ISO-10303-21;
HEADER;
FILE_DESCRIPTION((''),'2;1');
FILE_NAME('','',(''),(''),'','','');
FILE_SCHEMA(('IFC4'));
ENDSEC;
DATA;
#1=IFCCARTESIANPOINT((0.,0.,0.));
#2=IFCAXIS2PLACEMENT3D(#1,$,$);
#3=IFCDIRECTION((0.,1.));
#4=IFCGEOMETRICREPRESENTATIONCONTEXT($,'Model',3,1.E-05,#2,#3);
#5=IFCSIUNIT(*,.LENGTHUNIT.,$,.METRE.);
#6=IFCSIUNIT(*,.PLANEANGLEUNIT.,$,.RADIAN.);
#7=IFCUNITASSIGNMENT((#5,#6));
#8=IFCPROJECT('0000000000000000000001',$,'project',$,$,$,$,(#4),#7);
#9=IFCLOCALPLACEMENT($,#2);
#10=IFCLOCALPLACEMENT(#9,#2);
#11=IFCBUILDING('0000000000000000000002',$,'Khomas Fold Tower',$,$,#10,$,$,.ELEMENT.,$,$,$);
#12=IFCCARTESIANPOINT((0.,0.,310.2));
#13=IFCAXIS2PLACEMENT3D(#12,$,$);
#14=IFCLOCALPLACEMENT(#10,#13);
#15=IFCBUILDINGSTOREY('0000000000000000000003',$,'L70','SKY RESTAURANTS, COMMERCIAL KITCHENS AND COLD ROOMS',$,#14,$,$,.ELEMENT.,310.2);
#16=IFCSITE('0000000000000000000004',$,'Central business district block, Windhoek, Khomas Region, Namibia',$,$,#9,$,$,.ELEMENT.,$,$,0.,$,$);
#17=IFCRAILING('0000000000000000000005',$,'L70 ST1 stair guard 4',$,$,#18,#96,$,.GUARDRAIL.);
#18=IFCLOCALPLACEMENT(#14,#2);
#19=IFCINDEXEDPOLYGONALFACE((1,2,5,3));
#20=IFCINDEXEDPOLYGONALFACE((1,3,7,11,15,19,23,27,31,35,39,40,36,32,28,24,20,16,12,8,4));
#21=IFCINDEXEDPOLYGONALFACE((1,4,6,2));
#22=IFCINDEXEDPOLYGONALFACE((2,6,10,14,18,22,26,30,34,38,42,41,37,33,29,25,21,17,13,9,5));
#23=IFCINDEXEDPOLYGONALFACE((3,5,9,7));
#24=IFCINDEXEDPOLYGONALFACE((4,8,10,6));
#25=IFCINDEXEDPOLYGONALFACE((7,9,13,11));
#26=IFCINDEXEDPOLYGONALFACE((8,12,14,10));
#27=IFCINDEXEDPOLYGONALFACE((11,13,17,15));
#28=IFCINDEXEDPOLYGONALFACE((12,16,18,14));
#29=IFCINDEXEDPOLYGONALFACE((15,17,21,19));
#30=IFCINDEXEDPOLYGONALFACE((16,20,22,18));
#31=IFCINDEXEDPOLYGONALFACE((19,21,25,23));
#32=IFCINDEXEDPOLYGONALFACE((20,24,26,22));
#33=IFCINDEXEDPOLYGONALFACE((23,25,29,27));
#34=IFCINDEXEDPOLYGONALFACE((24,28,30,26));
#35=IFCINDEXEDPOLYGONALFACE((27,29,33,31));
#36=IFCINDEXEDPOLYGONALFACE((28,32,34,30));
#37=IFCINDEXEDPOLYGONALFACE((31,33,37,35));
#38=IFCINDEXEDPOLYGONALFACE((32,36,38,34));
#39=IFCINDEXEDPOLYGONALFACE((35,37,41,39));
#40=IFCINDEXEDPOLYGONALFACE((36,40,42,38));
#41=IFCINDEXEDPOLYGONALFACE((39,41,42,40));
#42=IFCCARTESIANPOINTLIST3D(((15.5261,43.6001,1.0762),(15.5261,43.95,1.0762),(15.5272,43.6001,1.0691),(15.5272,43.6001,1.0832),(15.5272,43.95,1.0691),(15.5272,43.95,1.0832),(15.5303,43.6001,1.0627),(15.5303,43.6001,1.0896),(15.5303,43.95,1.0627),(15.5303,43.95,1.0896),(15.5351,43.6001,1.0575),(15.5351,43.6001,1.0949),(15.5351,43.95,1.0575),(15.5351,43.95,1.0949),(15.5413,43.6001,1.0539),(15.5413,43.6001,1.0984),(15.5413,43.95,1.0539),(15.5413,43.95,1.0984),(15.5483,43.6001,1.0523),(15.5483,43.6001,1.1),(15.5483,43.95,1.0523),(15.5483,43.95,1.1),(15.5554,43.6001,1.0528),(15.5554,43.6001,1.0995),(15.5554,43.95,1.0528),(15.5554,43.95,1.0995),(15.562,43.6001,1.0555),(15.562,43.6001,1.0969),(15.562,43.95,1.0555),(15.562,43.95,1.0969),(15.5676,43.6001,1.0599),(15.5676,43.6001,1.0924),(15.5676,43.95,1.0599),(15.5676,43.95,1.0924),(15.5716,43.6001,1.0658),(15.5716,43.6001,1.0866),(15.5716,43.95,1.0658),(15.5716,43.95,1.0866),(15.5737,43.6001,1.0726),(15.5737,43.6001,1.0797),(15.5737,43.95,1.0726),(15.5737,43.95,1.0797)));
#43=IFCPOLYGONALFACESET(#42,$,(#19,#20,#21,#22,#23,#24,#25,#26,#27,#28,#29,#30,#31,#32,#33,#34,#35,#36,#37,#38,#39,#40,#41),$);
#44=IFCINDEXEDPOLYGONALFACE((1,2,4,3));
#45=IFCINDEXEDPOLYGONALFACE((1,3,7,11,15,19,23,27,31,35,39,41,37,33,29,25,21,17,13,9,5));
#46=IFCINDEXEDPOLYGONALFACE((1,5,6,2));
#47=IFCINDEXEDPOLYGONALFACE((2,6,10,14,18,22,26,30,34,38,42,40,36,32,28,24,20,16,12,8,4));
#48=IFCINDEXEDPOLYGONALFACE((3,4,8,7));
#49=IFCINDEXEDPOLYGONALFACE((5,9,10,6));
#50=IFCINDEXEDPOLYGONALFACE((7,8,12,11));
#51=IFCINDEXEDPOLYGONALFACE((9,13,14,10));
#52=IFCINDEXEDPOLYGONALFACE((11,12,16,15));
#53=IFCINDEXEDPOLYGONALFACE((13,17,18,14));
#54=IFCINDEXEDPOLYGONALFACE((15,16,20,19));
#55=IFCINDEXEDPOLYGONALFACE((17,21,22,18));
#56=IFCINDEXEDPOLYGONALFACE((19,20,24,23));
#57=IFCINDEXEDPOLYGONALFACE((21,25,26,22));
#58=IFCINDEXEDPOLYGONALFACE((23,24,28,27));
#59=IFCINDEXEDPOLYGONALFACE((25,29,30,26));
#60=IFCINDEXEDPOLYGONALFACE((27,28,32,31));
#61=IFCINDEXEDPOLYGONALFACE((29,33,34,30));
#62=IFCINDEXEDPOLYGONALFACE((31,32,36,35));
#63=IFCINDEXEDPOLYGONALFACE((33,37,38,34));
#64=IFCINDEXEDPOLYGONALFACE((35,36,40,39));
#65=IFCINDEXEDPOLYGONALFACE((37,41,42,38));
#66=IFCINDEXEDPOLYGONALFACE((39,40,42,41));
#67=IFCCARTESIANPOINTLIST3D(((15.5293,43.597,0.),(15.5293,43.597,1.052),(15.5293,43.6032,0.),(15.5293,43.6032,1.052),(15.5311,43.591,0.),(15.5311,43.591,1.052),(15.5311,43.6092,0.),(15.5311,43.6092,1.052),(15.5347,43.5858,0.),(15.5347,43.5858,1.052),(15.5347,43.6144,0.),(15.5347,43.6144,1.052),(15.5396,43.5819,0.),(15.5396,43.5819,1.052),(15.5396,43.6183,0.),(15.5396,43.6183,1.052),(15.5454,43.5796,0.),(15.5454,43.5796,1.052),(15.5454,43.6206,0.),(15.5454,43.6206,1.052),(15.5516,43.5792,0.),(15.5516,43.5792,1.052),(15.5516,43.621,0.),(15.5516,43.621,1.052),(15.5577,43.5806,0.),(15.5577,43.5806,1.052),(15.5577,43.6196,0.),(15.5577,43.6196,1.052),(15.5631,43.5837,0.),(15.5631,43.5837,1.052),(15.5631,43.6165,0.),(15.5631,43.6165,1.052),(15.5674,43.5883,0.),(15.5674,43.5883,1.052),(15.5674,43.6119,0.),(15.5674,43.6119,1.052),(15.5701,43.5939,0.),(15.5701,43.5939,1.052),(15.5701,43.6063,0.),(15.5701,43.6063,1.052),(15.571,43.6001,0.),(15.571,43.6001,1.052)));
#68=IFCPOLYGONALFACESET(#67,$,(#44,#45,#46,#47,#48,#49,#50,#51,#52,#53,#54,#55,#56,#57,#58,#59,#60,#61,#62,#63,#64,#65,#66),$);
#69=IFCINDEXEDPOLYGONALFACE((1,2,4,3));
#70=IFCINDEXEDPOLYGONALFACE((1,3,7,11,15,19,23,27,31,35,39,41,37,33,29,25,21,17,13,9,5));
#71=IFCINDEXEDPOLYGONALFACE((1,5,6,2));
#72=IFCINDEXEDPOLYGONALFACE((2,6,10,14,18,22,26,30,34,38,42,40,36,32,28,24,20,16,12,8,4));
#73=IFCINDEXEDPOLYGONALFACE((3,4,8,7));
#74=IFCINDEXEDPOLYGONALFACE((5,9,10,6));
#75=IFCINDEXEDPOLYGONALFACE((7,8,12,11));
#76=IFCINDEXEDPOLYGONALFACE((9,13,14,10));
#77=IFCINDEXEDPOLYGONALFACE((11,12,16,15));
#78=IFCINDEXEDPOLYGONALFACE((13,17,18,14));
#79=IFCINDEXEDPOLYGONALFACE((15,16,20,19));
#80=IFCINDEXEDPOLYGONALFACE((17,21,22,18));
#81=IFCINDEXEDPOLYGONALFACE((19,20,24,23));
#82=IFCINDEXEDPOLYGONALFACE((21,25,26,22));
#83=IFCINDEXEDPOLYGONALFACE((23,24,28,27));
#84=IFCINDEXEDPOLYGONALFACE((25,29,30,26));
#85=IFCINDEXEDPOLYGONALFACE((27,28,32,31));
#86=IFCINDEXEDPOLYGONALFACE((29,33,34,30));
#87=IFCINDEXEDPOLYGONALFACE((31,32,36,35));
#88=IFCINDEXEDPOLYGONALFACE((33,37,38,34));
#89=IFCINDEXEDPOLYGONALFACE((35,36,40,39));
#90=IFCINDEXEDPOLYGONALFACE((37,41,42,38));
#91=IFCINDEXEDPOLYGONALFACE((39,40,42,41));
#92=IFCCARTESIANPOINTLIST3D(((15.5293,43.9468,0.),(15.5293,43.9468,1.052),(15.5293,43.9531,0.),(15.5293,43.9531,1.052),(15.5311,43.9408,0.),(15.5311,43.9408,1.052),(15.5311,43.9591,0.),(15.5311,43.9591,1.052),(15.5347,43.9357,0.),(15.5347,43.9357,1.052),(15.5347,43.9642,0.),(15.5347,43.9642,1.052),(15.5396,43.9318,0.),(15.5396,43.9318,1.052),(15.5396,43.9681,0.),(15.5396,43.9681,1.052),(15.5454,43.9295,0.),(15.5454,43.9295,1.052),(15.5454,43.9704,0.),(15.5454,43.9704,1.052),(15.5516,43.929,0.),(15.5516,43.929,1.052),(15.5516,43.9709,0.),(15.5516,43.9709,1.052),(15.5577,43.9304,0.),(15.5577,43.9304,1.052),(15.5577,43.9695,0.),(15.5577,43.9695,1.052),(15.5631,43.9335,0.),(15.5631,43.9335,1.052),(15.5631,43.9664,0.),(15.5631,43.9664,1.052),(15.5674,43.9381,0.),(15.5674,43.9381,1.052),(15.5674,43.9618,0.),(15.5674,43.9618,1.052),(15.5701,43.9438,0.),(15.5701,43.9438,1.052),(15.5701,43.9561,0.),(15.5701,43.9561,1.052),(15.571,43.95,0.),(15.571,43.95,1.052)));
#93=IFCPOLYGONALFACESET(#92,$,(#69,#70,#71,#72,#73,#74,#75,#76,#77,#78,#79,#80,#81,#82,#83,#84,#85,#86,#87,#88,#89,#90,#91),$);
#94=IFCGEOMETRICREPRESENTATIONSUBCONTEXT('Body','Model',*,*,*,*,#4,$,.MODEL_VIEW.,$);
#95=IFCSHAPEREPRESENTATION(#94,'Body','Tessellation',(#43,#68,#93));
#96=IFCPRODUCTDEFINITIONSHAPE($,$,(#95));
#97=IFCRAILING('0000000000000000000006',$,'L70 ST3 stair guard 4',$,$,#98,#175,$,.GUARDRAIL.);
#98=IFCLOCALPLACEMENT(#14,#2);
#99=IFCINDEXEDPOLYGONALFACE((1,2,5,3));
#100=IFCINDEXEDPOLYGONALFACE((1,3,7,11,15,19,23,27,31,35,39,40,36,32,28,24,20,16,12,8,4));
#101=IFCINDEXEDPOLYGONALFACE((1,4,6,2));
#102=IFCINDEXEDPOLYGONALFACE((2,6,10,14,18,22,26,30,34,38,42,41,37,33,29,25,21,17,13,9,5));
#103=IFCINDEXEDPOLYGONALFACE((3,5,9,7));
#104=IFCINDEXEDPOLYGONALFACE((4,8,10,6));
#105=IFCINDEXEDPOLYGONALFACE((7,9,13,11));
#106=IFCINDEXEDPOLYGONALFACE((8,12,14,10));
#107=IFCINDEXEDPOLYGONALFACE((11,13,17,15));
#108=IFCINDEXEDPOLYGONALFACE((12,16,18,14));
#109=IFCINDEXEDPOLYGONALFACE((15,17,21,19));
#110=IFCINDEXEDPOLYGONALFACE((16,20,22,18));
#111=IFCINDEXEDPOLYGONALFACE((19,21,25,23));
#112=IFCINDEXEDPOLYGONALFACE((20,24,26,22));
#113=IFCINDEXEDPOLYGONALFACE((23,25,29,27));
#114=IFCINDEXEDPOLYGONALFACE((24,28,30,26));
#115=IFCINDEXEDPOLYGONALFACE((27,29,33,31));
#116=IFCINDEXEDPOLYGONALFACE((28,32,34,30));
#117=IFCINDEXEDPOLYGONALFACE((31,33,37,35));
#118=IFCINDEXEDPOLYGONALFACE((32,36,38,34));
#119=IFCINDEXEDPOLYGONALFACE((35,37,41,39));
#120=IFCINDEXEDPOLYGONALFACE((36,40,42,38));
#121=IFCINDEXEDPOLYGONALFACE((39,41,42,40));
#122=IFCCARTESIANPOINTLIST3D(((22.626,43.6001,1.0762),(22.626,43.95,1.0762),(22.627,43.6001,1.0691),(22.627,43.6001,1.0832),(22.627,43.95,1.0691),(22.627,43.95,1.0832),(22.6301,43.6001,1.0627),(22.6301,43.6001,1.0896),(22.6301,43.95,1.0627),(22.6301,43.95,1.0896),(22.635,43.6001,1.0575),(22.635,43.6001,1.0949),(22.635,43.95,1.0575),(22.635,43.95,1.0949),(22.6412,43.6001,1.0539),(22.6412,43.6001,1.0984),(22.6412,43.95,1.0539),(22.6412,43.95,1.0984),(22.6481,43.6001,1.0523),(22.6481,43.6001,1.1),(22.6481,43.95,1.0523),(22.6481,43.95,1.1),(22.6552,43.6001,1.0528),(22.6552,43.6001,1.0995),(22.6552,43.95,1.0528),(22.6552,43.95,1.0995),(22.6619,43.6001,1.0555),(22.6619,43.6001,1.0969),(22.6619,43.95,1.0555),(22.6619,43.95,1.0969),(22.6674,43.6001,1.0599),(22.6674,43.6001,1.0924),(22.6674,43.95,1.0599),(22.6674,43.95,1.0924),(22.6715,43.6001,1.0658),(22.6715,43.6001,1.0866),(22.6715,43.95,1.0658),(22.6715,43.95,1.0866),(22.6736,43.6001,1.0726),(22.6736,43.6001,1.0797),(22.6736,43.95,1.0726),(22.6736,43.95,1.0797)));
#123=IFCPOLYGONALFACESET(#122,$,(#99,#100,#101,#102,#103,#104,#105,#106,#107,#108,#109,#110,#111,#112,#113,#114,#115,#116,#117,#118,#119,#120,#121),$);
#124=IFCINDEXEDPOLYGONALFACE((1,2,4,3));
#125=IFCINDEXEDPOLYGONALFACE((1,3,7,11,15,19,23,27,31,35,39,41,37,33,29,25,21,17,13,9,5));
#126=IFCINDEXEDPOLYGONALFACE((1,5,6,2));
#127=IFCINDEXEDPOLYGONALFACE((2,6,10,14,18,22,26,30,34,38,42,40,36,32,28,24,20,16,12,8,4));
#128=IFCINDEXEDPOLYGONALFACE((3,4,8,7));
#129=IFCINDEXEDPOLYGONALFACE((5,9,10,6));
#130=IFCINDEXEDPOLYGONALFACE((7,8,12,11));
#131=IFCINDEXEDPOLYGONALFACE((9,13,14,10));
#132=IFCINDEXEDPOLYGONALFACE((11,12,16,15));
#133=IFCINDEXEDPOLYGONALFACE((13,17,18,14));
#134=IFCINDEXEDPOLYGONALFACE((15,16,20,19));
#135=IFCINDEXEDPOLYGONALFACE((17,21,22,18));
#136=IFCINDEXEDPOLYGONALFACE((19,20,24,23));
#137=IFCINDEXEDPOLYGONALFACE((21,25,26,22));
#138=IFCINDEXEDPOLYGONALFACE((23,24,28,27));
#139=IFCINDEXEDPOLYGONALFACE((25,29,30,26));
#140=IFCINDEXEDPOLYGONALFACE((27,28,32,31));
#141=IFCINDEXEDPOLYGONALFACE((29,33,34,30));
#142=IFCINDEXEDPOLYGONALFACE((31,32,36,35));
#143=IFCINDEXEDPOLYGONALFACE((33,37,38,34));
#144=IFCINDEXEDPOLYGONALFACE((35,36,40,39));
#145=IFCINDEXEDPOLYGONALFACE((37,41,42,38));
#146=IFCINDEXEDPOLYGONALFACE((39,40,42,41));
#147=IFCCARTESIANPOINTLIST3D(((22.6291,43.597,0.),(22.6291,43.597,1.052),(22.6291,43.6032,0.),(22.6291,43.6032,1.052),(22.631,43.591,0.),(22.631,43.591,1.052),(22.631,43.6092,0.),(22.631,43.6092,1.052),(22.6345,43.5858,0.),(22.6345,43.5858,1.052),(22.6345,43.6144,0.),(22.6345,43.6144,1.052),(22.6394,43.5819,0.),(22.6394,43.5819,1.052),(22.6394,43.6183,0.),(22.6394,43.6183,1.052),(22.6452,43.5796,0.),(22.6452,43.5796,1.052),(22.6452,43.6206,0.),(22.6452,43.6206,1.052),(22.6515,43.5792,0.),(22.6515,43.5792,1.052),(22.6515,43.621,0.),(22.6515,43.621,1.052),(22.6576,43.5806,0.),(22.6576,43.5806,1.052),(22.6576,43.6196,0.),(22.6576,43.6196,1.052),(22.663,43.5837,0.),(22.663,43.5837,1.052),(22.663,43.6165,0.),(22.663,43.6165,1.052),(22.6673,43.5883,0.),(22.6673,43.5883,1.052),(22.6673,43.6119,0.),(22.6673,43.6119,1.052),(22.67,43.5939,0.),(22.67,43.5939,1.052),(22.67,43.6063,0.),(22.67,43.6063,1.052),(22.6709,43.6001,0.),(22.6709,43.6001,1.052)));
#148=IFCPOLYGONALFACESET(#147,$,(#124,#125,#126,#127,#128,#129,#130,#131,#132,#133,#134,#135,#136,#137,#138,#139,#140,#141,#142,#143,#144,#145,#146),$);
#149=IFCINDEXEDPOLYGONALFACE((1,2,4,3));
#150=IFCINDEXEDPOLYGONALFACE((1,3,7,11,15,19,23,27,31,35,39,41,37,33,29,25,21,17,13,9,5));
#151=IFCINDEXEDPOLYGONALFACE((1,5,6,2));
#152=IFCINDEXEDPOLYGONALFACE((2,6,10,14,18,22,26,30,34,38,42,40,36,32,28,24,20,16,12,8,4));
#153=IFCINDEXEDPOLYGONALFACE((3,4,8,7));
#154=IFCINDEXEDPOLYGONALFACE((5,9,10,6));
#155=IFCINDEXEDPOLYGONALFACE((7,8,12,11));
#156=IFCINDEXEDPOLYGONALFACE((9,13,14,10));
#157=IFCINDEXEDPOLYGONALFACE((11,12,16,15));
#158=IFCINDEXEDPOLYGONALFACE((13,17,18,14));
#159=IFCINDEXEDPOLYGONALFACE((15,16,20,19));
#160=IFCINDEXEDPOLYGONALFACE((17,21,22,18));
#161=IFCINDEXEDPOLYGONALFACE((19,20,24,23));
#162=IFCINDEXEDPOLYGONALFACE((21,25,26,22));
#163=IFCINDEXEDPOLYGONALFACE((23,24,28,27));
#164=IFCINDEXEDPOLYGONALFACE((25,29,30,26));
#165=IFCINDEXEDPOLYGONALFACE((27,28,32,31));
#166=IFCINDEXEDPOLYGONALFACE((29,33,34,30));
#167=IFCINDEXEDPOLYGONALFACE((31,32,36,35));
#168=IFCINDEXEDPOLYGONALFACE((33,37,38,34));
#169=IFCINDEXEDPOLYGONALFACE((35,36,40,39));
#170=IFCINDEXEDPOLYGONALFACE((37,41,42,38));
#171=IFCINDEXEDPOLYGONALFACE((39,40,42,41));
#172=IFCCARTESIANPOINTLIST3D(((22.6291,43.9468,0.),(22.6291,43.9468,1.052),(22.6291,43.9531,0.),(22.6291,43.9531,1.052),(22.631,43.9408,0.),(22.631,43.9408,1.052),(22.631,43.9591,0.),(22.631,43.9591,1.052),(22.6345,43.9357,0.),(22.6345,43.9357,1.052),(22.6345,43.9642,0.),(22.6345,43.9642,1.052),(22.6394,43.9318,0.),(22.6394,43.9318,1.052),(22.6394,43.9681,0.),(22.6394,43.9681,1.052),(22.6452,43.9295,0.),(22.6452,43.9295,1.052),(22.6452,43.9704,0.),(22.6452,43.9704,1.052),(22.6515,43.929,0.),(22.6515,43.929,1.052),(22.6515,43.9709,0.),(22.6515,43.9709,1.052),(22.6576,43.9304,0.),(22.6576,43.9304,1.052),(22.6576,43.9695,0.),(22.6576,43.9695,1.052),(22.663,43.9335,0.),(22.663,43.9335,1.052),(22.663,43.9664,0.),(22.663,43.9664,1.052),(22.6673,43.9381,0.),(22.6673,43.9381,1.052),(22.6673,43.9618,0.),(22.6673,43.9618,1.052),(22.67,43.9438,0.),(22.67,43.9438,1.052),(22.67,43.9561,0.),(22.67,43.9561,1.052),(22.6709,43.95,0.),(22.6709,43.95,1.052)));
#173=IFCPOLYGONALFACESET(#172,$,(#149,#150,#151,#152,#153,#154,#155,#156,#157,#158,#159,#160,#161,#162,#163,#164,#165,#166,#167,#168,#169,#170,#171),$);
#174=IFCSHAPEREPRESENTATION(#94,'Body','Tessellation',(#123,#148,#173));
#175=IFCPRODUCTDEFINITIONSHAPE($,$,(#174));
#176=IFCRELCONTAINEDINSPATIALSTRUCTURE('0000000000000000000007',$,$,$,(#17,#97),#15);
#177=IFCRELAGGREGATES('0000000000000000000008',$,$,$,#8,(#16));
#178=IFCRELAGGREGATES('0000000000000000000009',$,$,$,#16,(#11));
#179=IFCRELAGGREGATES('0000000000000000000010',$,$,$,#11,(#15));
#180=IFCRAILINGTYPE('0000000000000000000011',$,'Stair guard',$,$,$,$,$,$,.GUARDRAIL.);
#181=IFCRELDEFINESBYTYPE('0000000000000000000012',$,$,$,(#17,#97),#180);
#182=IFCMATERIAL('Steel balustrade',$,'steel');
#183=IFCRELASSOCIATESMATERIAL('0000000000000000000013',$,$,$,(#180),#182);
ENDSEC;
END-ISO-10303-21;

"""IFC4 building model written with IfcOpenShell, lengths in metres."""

from ifc_helpers import new_model, si_unit, direction, frame, origin, origin_2d, place, context, subcontext, project, spatial, circle, extrude, source, transform, mapped, material, type_object, element, save


model = new_model("IFC4")

# Units and contexts
model_context = context("Model", 3, precision=1e-05, world=origin(), true_north=direction((0.0, 1.0)))
body_context = subcontext(model_context, "Body", "Model", "MODEL_VIEW")
ifc_project = project(units=[si_unit("LENGTHUNIT", "METRE"), si_unit("PLANEANGLEUNIT", "RADIAN")], contexts=[model_context])

# Site, building, storey
site_placement = place(None, origin())
site = spatial("IfcSite", under=ifc_project, at=site_placement, Name="Central business district block, Windhoek, Khomas Region, Namibia", CompositionType="ELEMENT", RefElevation=0.0)
building_placement = place(site_placement, origin())
building = spatial("IfcBuilding", under=site, at=building_placement, Name="Khomas Fold Tower", CompositionType="ELEMENT")
storey_placement = place(building_placement, frame((0.0, 0.0, 310.2)))
storey = spatial("IfcBuildingStorey", under=building, at=storey_placement, Name="L70", Description="SKY RESTAURANTS, COMMERCIAL KITCHENS AND COLD ROOMS", CompositionType="ELEMENT", Elevation=310.2)

# Railings
ifc_material_1 = material(Name="Steel balustrade", Category="steel")
railing_type_1 = type_object("IfcRailingType", Name="Stair guard", PredefinedType="GUARDRAIL", material=ifc_material_1)
shared_shape_1 = source(origin(), body_context, "Body", "SweptSolid", [
    extrude(circle(Radius=0.0239, at=origin_2d()), frame((0.0, 0.0, 1.0762), z_axis=(0.0, 1.0, 0.0), x_axis=(-1.0, 0.0, 0.0)), (0.0, 0.0, 1.0), 0.3499),
    extrude(circle(Radius=0.021, at=origin_2d()), origin(), (0.0, 0.0, 1.0), 1.052),
    extrude(circle(Radius=0.021, at=origin_2d()), frame((0.0, 0.3499, 0.0)), (0.0, 0.0, 1.0), 1.052),
])
for number, where, name in (
    (1, (15.55, 43.6001, 0.0), "L70 ST1 stair guard 4"),
    (2, (22.6499, 43.6001, 0.0), "L70 ST3 stair guard 4"),
):
    element("IfcRailing", number, at=place(storey_placement, frame(where)), inside=storey, type_object=railing_type_1, Name=name, PredefinedType="GUARDRAIL", context=body_context, shape_type="MappedRepresentation", body=[
        mapped(shared_shape_1, transform((0.0, 0.0, 0.0))),
    ])

save(model, "model.ifc")
